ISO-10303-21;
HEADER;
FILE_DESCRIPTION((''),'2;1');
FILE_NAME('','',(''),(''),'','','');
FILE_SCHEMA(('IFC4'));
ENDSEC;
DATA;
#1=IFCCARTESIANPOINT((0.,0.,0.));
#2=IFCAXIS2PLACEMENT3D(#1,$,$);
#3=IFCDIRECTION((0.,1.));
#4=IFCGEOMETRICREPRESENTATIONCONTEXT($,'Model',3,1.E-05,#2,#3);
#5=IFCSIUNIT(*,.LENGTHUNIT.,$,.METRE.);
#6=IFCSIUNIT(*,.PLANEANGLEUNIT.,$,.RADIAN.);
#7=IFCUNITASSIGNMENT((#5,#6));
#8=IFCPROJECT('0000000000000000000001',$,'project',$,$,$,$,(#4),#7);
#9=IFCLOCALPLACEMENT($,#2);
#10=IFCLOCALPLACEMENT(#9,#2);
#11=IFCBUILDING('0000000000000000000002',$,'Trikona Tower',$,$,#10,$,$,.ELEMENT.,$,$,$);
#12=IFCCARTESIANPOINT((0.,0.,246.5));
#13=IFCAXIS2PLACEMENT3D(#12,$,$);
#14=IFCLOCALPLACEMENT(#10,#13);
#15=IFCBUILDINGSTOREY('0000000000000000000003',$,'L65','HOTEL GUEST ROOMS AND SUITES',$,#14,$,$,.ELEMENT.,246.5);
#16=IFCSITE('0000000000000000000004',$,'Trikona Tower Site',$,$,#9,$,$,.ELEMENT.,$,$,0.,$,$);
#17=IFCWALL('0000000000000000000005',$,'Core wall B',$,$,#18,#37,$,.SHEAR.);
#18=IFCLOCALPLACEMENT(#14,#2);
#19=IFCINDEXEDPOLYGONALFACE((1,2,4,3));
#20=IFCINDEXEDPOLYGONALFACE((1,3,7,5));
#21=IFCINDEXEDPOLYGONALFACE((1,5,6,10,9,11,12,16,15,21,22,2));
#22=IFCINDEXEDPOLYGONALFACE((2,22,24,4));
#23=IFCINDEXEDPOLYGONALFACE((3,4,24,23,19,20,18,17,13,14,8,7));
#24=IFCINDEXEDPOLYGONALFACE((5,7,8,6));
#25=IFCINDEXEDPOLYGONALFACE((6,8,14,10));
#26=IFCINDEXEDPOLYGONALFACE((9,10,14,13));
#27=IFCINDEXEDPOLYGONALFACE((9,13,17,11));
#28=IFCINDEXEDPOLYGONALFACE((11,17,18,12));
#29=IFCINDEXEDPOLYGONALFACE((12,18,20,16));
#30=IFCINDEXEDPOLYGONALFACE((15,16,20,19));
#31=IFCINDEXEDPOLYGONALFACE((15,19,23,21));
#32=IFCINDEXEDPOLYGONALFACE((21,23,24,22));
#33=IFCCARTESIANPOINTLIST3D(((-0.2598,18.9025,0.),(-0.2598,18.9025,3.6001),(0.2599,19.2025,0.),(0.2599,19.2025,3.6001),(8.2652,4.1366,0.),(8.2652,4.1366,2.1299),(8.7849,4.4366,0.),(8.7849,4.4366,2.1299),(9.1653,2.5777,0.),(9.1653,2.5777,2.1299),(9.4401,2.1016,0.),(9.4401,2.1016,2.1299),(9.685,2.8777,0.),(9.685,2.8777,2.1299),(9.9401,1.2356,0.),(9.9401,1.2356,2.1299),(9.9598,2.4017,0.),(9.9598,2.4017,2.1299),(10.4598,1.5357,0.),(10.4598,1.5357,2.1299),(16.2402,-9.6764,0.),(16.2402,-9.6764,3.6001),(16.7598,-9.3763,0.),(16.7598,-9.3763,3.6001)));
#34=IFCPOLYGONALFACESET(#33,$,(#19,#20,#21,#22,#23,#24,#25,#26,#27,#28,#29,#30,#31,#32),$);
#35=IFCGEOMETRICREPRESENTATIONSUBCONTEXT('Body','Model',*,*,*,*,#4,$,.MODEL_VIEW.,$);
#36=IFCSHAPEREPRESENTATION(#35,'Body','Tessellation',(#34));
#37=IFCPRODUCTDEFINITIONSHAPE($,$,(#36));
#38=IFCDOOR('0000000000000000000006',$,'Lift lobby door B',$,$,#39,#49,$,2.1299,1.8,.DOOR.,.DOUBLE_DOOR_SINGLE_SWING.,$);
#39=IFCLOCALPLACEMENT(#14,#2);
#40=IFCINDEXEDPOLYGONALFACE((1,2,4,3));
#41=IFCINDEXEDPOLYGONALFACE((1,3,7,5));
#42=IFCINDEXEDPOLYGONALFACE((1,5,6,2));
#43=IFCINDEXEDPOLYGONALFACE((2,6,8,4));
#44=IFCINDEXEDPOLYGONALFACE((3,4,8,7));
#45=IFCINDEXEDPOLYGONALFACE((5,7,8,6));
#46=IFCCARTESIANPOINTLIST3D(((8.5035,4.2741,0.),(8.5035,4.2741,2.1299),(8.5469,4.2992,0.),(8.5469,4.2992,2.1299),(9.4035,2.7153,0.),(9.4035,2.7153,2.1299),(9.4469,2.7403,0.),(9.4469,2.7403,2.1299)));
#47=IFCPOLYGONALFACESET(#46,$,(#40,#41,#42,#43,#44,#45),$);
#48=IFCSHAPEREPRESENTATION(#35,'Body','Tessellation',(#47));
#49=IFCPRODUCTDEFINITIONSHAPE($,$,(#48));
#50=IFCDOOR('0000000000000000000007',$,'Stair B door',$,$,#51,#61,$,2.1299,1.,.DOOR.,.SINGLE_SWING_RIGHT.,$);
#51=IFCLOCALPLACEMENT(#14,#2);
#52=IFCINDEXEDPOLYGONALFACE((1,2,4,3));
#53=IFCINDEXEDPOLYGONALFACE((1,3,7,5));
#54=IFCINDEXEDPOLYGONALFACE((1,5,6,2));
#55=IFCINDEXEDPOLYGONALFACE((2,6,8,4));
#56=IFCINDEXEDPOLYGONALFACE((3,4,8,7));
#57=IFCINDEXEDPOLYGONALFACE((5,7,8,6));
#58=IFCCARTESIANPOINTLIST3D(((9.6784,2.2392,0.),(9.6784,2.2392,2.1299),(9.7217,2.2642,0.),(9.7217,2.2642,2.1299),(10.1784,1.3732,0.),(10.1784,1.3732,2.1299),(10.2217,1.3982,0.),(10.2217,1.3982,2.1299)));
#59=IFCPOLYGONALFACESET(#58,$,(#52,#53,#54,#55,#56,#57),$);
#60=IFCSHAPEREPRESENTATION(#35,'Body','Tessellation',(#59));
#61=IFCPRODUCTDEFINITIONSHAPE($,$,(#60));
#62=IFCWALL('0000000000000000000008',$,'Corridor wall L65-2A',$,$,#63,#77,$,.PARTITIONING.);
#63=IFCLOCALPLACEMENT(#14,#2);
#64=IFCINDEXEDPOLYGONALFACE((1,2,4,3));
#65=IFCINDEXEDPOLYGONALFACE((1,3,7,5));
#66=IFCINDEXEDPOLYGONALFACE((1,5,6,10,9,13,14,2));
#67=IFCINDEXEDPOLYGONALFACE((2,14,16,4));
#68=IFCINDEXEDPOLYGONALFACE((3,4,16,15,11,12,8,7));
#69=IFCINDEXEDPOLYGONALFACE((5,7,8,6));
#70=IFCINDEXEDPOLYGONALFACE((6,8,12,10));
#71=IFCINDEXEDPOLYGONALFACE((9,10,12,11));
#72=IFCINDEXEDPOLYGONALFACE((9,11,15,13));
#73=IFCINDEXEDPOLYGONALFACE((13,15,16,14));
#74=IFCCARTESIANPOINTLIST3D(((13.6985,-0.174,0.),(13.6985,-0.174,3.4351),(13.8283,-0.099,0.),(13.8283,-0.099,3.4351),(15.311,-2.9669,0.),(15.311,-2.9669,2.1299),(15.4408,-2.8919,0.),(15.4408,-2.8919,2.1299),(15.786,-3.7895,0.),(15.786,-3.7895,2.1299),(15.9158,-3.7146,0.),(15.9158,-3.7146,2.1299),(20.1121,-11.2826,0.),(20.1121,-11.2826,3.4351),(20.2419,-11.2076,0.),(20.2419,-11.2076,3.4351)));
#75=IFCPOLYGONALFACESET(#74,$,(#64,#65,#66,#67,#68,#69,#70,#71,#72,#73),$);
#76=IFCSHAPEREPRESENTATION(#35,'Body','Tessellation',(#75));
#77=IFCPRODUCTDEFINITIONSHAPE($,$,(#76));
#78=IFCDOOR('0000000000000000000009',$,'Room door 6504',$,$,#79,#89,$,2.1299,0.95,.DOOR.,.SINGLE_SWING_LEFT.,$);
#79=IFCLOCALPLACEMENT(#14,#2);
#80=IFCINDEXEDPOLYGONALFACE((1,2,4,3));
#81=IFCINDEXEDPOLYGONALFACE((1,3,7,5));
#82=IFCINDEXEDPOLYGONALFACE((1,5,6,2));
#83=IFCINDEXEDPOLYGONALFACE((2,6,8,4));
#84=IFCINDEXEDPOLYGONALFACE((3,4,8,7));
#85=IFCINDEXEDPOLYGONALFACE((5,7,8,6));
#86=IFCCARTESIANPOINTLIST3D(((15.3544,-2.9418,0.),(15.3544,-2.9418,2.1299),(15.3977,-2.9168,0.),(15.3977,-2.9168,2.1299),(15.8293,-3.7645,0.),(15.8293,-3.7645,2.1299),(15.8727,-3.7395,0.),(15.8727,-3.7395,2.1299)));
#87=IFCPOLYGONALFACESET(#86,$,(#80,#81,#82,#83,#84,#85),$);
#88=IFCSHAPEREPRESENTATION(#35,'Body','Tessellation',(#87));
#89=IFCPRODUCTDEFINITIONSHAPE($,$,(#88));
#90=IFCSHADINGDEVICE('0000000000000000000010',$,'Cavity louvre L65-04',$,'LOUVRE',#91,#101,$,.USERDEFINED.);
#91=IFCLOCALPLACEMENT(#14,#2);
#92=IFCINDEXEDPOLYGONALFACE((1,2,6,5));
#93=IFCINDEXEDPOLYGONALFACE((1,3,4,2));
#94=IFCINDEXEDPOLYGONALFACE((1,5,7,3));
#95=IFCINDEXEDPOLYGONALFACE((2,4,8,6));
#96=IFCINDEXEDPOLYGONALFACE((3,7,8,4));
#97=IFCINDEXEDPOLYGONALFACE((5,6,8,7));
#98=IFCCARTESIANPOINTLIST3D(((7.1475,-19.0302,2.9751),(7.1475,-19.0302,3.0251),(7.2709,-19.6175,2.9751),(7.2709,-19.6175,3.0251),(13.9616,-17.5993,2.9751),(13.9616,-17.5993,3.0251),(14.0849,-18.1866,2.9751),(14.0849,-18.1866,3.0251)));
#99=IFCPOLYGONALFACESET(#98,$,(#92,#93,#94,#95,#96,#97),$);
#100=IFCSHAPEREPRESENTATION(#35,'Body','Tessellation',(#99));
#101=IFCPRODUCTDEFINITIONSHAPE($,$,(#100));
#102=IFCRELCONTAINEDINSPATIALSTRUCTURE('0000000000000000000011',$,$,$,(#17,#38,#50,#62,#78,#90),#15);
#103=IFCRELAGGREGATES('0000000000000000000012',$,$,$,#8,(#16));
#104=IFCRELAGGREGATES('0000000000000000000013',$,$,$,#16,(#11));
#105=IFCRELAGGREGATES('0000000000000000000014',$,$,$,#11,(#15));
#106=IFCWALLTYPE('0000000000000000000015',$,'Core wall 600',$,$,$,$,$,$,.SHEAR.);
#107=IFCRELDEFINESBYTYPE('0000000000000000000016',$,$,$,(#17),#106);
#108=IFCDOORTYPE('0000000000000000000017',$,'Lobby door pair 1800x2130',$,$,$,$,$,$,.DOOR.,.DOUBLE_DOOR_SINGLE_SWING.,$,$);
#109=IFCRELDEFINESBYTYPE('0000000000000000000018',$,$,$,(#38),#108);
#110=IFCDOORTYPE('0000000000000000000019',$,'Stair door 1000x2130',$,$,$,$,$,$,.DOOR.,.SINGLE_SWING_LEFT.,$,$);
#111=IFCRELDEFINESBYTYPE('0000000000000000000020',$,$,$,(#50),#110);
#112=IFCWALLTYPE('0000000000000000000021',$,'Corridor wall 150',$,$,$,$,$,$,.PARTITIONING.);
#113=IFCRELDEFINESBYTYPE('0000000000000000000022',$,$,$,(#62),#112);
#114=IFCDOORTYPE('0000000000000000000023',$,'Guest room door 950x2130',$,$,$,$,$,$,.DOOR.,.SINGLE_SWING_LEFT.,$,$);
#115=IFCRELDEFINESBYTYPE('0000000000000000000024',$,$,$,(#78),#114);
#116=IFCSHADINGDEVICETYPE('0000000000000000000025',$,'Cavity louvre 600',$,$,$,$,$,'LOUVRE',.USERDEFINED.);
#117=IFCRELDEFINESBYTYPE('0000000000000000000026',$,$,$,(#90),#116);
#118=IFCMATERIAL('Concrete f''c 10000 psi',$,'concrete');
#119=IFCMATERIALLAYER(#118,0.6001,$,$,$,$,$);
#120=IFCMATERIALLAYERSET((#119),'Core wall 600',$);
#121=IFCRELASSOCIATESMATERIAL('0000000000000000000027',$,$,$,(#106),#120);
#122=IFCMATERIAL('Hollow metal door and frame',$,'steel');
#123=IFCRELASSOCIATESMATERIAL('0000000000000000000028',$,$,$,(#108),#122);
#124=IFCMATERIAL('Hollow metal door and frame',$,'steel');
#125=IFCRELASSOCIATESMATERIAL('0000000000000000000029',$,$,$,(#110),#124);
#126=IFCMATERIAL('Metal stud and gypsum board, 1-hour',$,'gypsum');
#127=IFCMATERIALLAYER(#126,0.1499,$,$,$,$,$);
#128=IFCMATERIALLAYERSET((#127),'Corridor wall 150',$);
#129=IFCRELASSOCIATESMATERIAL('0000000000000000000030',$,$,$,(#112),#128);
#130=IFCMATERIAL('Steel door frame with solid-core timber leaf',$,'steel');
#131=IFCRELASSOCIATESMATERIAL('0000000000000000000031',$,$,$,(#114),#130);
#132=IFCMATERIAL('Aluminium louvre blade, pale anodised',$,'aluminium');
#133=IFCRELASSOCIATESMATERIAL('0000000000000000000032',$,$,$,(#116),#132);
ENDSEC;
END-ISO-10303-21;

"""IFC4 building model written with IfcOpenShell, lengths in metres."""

from ifc_helpers import new_model, si_unit, direction, frame, frame_2d, origin, origin_2d, place, context, subcontext, project, spatial, rectangle, extrude, material, layer, layer_set, type_object, element, fill, save


model = new_model("IFC4")

# Units and contexts
model_context = context("Model", 3, precision=1e-05, world=origin(), true_north=direction((0.0, 1.0)))
body_context = subcontext(model_context, "Body", "Model", "MODEL_VIEW")
ifc_project = project(units=[si_unit("LENGTHUNIT", "METRE"), si_unit("PLANEANGLEUNIT", "RADIAN")], contexts=[model_context])

# Site, building, storey
site_placement = place(None, origin())
site = spatial("IfcSite", under=ifc_project, at=site_placement, Name="Trikona Tower Site", CompositionType="ELEMENT", RefElevation=0.0)
building_placement = place(site_placement, origin())
building = spatial("IfcBuilding", under=site, at=building_placement, Name="Trikona Tower", CompositionType="ELEMENT")
storey_placement = place(building_placement, frame((0.0, 0.0, 246.5)))
storey = spatial("IfcBuildingStorey", under=building, at=storey_placement, Name="L65", Description="HOTEL GUEST ROOMS AND SUITES", CompositionType="ELEMENT", Elevation=246.5)

# Wall, openings, doors
ifc_material_1 = material(Name="Concrete f'c 10000 psi", Category="concrete")
ifc_layer_1 = layer(ifc_material_1, 0.6001)
ifc_layer_set_1 = layer_set([ifc_layer_1], Name="Core wall 600")
wall_type_1 = type_object("IfcWallType", Name="Core wall 600", PredefinedType="SHEAR", material=ifc_layer_set_1)
wall_1_placement = place(storey_placement, frame((16.5, -9.5264, 0.0), z_axis=(0.0, 0.0, 1.0), x_axis=(-0.5, 0.866026, 0.0)))
wall_1 = element("IfcWall", 1, at=wall_1_placement, inside=storey, type_object=wall_type_1, Name="Core wall B", PredefinedType="SHEAR", context=body_context, shape_type="SweptSolid", body=[
    extrude(rectangle(XDim=33.0, YDim=0.6001, at=frame_2d((16.5, 0.0))), origin(), (0.0, 0.0, 1.0), 3.6001),
])
opening_1_placement = place(wall_1_placement, frame((14.1499, 0.0, 0.0)))
opening_1 = element("IfcOpeningElement", 2, at=opening_1_placement, cuts=wall_1, PredefinedType="OPENING", context=body_context, shape_type="SweptSolid", body=[
    extrude(rectangle(XDim=1.8, YDim=2.1299, at=frame_2d((0.8999, 1.0649))), frame((0.0, 0.3101, 0.0), z_axis=(0.0, -1.0, 0.0), x_axis=(1.0, 0.0, 0.0)), (0.0, 0.0, 1.0), 0.6201),
])
opening_2_placement = place(wall_1_placement, frame((12.6001, 0.0, 0.0)))
opening_2 = element("IfcOpeningElement", 3, at=opening_2_placement, cuts=wall_1, PredefinedType="OPENING", context=body_context, shape_type="SweptSolid", body=[
    extrude(rectangle(XDim=1.0, YDim=2.1299, at=frame_2d((0.5, 1.0649))), frame((0.0, 0.3101, 0.0), z_axis=(0.0, -1.0, 0.0), x_axis=(1.0, 0.0, 0.0)), (0.0, 0.0, 1.0), 0.6201),
])
ifc_material_2 = material(Name="Hollow metal door and frame", Category="steel")
door_type_1 = type_object("IfcDoorType", Name="Lobby door pair 1800x2130", OperationType="DOUBLE_DOOR_SINGLE_SWING", PredefinedType="DOOR", material=ifc_material_2)
door_1_placement = place(opening_1_placement, origin())
door_1 = element("IfcDoor", 4, at=door_1_placement, inside=storey, type_object=door_type_1, Name="Lift lobby door B", OperationType="DOUBLE_DOOR_SINGLE_SWING", OverallHeight=2.1299, OverallWidth=1.8, PredefinedType="DOOR", context=body_context, shape_type="SweptSolid", body=[
    extrude(rectangle(XDim=1.8, YDim=2.1299, at=frame_2d((0.8999, 1.0649))), frame((0.0, 0.0249, 0.0), z_axis=(0.0, -1.0, 0.0), x_axis=(1.0, 0.0, 0.0)), (0.0, 0.0, 1.0), 0.05),
])
fill(opening_1, door_1)
ifc_material_3 = material(Name="Hollow metal door and frame", Category="steel")
door_type_2 = type_object("IfcDoorType", Name="Stair door 1000x2130", OperationType="SINGLE_SWING_LEFT", PredefinedType="DOOR", material=ifc_material_3)
door_2_placement = place(opening_2_placement, origin())
door_2 = element("IfcDoor", 5, at=door_2_placement, inside=storey, type_object=door_type_2, Name="Stair B door", OperationType="SINGLE_SWING_RIGHT", OverallHeight=2.1299, OverallWidth=1.0, PredefinedType="DOOR", context=body_context, shape_type="SweptSolid", body=[
    extrude(rectangle(XDim=1.0, YDim=2.1299, at=frame_2d((0.5, 1.0649))), frame((0.0, 0.0249, 0.0), z_axis=(0.0, -1.0, 0.0), x_axis=(1.0, 0.0, 0.0)), (0.0, 0.0, 1.0), 0.05),
])
fill(opening_2, door_2)

# Wall, opening, door
ifc_material_4 = material(Name="Metal stud and gypsum board, 1-hour", Category="gypsum")
ifc_layer_2 = layer(ifc_material_4, 0.1499)
ifc_layer_set_2 = layer_set([ifc_layer_2], Name="Corridor wall 150")
wall_type_2 = type_object("IfcWallType", Name="Corridor wall 150", PredefinedType="PARTITIONING", material=ifc_layer_set_2)
wall_2_placement = place(storey_placement, frame((20.177, -11.2451, 0.0), z_axis=(0.0, 0.0, 1.0), x_axis=(-0.5, 0.866026, 0.0)))
wall_2 = element("IfcWall", 6, at=wall_2_placement, inside=storey, type_object=wall_type_2, Name="Corridor wall L65-2A", PredefinedType="PARTITIONING", context=body_context, shape_type="SweptSolid", body=[
    extrude(rectangle(XDim=12.8271, YDim=0.1499, at=frame_2d((6.4136, 0.0))), origin(), (0.0, 0.0, 1.0), 3.4351),
])
opening_3_placement = place(wall_2_placement, frame((8.6521, 0.0, 0.0)))
opening_3 = element("IfcOpeningElement", 7, at=opening_3_placement, cuts=wall_2, PredefinedType="OPENING", context=body_context, shape_type="SweptSolid", body=[
    extrude(rectangle(XDim=0.95, YDim=2.1299, at=frame_2d((0.4751, 1.0649))), frame((0.0, 0.085, 0.0), z_axis=(0.0, -1.0, 0.0), x_axis=(1.0, 0.0, 0.0)), (0.0, 0.0, 1.0), 0.1699),
])
ifc_material_5 = material(Name="Steel door frame with solid-core timber leaf", Category="steel")
door_type_3 = type_object("IfcDoorType", Name="Guest room door 950x2130", OperationType="SINGLE_SWING_LEFT", PredefinedType="DOOR", material=ifc_material_5)
door_3_placement = place(opening_3_placement, origin())
door_3 = element("IfcDoor", 8, at=door_3_placement, inside=storey, type_object=door_type_3, Name="Room door 6504", OperationType="SINGLE_SWING_LEFT", OverallHeight=2.1299, OverallWidth=0.95, PredefinedType="DOOR", context=body_context, shape_type="SweptSolid", body=[
    extrude(rectangle(XDim=0.95, YDim=2.1299, at=frame_2d((0.4751, 1.0649))), frame((0.0, 0.0249, 0.0), z_axis=(0.0, -1.0, 0.0), x_axis=(1.0, 0.0, 0.0)), (0.0, 0.0, 1.0), 0.05),
])
fill(opening_3, door_3)

# Shading device
ifc_material_6 = material(Name="Aluminium louvre blade, pale anodised", Category="aluminium")
shading_device_type = type_object("IfcShadingDeviceType", Name="Cavity louvre 600", ElementType="LOUVRE", PredefinedType="USERDEFINED", material=ifc_material_6)
shading_device_placement = place(storey_placement, frame((10.6162, -18.6084, 2.9751), z_axis=(0.0, 0.0, 1.0), x_axis=(0.978653, 0.205518, 0.0)))
element("IfcShadingDevice", 9, at=shading_device_placement, inside=storey, type_object=shading_device_type, Name="Cavity louvre L65-04", ObjectType="LOUVRE", PredefinedType="USERDEFINED", context=body_context, shape_type="SweptSolid", body=[
    extrude(rectangle(XDim=6.9626, YDim=0.6001, at=origin_2d()), origin(), (0.0, 0.0, 1.0), 0.05),
])

save(model, "model.ifc")
